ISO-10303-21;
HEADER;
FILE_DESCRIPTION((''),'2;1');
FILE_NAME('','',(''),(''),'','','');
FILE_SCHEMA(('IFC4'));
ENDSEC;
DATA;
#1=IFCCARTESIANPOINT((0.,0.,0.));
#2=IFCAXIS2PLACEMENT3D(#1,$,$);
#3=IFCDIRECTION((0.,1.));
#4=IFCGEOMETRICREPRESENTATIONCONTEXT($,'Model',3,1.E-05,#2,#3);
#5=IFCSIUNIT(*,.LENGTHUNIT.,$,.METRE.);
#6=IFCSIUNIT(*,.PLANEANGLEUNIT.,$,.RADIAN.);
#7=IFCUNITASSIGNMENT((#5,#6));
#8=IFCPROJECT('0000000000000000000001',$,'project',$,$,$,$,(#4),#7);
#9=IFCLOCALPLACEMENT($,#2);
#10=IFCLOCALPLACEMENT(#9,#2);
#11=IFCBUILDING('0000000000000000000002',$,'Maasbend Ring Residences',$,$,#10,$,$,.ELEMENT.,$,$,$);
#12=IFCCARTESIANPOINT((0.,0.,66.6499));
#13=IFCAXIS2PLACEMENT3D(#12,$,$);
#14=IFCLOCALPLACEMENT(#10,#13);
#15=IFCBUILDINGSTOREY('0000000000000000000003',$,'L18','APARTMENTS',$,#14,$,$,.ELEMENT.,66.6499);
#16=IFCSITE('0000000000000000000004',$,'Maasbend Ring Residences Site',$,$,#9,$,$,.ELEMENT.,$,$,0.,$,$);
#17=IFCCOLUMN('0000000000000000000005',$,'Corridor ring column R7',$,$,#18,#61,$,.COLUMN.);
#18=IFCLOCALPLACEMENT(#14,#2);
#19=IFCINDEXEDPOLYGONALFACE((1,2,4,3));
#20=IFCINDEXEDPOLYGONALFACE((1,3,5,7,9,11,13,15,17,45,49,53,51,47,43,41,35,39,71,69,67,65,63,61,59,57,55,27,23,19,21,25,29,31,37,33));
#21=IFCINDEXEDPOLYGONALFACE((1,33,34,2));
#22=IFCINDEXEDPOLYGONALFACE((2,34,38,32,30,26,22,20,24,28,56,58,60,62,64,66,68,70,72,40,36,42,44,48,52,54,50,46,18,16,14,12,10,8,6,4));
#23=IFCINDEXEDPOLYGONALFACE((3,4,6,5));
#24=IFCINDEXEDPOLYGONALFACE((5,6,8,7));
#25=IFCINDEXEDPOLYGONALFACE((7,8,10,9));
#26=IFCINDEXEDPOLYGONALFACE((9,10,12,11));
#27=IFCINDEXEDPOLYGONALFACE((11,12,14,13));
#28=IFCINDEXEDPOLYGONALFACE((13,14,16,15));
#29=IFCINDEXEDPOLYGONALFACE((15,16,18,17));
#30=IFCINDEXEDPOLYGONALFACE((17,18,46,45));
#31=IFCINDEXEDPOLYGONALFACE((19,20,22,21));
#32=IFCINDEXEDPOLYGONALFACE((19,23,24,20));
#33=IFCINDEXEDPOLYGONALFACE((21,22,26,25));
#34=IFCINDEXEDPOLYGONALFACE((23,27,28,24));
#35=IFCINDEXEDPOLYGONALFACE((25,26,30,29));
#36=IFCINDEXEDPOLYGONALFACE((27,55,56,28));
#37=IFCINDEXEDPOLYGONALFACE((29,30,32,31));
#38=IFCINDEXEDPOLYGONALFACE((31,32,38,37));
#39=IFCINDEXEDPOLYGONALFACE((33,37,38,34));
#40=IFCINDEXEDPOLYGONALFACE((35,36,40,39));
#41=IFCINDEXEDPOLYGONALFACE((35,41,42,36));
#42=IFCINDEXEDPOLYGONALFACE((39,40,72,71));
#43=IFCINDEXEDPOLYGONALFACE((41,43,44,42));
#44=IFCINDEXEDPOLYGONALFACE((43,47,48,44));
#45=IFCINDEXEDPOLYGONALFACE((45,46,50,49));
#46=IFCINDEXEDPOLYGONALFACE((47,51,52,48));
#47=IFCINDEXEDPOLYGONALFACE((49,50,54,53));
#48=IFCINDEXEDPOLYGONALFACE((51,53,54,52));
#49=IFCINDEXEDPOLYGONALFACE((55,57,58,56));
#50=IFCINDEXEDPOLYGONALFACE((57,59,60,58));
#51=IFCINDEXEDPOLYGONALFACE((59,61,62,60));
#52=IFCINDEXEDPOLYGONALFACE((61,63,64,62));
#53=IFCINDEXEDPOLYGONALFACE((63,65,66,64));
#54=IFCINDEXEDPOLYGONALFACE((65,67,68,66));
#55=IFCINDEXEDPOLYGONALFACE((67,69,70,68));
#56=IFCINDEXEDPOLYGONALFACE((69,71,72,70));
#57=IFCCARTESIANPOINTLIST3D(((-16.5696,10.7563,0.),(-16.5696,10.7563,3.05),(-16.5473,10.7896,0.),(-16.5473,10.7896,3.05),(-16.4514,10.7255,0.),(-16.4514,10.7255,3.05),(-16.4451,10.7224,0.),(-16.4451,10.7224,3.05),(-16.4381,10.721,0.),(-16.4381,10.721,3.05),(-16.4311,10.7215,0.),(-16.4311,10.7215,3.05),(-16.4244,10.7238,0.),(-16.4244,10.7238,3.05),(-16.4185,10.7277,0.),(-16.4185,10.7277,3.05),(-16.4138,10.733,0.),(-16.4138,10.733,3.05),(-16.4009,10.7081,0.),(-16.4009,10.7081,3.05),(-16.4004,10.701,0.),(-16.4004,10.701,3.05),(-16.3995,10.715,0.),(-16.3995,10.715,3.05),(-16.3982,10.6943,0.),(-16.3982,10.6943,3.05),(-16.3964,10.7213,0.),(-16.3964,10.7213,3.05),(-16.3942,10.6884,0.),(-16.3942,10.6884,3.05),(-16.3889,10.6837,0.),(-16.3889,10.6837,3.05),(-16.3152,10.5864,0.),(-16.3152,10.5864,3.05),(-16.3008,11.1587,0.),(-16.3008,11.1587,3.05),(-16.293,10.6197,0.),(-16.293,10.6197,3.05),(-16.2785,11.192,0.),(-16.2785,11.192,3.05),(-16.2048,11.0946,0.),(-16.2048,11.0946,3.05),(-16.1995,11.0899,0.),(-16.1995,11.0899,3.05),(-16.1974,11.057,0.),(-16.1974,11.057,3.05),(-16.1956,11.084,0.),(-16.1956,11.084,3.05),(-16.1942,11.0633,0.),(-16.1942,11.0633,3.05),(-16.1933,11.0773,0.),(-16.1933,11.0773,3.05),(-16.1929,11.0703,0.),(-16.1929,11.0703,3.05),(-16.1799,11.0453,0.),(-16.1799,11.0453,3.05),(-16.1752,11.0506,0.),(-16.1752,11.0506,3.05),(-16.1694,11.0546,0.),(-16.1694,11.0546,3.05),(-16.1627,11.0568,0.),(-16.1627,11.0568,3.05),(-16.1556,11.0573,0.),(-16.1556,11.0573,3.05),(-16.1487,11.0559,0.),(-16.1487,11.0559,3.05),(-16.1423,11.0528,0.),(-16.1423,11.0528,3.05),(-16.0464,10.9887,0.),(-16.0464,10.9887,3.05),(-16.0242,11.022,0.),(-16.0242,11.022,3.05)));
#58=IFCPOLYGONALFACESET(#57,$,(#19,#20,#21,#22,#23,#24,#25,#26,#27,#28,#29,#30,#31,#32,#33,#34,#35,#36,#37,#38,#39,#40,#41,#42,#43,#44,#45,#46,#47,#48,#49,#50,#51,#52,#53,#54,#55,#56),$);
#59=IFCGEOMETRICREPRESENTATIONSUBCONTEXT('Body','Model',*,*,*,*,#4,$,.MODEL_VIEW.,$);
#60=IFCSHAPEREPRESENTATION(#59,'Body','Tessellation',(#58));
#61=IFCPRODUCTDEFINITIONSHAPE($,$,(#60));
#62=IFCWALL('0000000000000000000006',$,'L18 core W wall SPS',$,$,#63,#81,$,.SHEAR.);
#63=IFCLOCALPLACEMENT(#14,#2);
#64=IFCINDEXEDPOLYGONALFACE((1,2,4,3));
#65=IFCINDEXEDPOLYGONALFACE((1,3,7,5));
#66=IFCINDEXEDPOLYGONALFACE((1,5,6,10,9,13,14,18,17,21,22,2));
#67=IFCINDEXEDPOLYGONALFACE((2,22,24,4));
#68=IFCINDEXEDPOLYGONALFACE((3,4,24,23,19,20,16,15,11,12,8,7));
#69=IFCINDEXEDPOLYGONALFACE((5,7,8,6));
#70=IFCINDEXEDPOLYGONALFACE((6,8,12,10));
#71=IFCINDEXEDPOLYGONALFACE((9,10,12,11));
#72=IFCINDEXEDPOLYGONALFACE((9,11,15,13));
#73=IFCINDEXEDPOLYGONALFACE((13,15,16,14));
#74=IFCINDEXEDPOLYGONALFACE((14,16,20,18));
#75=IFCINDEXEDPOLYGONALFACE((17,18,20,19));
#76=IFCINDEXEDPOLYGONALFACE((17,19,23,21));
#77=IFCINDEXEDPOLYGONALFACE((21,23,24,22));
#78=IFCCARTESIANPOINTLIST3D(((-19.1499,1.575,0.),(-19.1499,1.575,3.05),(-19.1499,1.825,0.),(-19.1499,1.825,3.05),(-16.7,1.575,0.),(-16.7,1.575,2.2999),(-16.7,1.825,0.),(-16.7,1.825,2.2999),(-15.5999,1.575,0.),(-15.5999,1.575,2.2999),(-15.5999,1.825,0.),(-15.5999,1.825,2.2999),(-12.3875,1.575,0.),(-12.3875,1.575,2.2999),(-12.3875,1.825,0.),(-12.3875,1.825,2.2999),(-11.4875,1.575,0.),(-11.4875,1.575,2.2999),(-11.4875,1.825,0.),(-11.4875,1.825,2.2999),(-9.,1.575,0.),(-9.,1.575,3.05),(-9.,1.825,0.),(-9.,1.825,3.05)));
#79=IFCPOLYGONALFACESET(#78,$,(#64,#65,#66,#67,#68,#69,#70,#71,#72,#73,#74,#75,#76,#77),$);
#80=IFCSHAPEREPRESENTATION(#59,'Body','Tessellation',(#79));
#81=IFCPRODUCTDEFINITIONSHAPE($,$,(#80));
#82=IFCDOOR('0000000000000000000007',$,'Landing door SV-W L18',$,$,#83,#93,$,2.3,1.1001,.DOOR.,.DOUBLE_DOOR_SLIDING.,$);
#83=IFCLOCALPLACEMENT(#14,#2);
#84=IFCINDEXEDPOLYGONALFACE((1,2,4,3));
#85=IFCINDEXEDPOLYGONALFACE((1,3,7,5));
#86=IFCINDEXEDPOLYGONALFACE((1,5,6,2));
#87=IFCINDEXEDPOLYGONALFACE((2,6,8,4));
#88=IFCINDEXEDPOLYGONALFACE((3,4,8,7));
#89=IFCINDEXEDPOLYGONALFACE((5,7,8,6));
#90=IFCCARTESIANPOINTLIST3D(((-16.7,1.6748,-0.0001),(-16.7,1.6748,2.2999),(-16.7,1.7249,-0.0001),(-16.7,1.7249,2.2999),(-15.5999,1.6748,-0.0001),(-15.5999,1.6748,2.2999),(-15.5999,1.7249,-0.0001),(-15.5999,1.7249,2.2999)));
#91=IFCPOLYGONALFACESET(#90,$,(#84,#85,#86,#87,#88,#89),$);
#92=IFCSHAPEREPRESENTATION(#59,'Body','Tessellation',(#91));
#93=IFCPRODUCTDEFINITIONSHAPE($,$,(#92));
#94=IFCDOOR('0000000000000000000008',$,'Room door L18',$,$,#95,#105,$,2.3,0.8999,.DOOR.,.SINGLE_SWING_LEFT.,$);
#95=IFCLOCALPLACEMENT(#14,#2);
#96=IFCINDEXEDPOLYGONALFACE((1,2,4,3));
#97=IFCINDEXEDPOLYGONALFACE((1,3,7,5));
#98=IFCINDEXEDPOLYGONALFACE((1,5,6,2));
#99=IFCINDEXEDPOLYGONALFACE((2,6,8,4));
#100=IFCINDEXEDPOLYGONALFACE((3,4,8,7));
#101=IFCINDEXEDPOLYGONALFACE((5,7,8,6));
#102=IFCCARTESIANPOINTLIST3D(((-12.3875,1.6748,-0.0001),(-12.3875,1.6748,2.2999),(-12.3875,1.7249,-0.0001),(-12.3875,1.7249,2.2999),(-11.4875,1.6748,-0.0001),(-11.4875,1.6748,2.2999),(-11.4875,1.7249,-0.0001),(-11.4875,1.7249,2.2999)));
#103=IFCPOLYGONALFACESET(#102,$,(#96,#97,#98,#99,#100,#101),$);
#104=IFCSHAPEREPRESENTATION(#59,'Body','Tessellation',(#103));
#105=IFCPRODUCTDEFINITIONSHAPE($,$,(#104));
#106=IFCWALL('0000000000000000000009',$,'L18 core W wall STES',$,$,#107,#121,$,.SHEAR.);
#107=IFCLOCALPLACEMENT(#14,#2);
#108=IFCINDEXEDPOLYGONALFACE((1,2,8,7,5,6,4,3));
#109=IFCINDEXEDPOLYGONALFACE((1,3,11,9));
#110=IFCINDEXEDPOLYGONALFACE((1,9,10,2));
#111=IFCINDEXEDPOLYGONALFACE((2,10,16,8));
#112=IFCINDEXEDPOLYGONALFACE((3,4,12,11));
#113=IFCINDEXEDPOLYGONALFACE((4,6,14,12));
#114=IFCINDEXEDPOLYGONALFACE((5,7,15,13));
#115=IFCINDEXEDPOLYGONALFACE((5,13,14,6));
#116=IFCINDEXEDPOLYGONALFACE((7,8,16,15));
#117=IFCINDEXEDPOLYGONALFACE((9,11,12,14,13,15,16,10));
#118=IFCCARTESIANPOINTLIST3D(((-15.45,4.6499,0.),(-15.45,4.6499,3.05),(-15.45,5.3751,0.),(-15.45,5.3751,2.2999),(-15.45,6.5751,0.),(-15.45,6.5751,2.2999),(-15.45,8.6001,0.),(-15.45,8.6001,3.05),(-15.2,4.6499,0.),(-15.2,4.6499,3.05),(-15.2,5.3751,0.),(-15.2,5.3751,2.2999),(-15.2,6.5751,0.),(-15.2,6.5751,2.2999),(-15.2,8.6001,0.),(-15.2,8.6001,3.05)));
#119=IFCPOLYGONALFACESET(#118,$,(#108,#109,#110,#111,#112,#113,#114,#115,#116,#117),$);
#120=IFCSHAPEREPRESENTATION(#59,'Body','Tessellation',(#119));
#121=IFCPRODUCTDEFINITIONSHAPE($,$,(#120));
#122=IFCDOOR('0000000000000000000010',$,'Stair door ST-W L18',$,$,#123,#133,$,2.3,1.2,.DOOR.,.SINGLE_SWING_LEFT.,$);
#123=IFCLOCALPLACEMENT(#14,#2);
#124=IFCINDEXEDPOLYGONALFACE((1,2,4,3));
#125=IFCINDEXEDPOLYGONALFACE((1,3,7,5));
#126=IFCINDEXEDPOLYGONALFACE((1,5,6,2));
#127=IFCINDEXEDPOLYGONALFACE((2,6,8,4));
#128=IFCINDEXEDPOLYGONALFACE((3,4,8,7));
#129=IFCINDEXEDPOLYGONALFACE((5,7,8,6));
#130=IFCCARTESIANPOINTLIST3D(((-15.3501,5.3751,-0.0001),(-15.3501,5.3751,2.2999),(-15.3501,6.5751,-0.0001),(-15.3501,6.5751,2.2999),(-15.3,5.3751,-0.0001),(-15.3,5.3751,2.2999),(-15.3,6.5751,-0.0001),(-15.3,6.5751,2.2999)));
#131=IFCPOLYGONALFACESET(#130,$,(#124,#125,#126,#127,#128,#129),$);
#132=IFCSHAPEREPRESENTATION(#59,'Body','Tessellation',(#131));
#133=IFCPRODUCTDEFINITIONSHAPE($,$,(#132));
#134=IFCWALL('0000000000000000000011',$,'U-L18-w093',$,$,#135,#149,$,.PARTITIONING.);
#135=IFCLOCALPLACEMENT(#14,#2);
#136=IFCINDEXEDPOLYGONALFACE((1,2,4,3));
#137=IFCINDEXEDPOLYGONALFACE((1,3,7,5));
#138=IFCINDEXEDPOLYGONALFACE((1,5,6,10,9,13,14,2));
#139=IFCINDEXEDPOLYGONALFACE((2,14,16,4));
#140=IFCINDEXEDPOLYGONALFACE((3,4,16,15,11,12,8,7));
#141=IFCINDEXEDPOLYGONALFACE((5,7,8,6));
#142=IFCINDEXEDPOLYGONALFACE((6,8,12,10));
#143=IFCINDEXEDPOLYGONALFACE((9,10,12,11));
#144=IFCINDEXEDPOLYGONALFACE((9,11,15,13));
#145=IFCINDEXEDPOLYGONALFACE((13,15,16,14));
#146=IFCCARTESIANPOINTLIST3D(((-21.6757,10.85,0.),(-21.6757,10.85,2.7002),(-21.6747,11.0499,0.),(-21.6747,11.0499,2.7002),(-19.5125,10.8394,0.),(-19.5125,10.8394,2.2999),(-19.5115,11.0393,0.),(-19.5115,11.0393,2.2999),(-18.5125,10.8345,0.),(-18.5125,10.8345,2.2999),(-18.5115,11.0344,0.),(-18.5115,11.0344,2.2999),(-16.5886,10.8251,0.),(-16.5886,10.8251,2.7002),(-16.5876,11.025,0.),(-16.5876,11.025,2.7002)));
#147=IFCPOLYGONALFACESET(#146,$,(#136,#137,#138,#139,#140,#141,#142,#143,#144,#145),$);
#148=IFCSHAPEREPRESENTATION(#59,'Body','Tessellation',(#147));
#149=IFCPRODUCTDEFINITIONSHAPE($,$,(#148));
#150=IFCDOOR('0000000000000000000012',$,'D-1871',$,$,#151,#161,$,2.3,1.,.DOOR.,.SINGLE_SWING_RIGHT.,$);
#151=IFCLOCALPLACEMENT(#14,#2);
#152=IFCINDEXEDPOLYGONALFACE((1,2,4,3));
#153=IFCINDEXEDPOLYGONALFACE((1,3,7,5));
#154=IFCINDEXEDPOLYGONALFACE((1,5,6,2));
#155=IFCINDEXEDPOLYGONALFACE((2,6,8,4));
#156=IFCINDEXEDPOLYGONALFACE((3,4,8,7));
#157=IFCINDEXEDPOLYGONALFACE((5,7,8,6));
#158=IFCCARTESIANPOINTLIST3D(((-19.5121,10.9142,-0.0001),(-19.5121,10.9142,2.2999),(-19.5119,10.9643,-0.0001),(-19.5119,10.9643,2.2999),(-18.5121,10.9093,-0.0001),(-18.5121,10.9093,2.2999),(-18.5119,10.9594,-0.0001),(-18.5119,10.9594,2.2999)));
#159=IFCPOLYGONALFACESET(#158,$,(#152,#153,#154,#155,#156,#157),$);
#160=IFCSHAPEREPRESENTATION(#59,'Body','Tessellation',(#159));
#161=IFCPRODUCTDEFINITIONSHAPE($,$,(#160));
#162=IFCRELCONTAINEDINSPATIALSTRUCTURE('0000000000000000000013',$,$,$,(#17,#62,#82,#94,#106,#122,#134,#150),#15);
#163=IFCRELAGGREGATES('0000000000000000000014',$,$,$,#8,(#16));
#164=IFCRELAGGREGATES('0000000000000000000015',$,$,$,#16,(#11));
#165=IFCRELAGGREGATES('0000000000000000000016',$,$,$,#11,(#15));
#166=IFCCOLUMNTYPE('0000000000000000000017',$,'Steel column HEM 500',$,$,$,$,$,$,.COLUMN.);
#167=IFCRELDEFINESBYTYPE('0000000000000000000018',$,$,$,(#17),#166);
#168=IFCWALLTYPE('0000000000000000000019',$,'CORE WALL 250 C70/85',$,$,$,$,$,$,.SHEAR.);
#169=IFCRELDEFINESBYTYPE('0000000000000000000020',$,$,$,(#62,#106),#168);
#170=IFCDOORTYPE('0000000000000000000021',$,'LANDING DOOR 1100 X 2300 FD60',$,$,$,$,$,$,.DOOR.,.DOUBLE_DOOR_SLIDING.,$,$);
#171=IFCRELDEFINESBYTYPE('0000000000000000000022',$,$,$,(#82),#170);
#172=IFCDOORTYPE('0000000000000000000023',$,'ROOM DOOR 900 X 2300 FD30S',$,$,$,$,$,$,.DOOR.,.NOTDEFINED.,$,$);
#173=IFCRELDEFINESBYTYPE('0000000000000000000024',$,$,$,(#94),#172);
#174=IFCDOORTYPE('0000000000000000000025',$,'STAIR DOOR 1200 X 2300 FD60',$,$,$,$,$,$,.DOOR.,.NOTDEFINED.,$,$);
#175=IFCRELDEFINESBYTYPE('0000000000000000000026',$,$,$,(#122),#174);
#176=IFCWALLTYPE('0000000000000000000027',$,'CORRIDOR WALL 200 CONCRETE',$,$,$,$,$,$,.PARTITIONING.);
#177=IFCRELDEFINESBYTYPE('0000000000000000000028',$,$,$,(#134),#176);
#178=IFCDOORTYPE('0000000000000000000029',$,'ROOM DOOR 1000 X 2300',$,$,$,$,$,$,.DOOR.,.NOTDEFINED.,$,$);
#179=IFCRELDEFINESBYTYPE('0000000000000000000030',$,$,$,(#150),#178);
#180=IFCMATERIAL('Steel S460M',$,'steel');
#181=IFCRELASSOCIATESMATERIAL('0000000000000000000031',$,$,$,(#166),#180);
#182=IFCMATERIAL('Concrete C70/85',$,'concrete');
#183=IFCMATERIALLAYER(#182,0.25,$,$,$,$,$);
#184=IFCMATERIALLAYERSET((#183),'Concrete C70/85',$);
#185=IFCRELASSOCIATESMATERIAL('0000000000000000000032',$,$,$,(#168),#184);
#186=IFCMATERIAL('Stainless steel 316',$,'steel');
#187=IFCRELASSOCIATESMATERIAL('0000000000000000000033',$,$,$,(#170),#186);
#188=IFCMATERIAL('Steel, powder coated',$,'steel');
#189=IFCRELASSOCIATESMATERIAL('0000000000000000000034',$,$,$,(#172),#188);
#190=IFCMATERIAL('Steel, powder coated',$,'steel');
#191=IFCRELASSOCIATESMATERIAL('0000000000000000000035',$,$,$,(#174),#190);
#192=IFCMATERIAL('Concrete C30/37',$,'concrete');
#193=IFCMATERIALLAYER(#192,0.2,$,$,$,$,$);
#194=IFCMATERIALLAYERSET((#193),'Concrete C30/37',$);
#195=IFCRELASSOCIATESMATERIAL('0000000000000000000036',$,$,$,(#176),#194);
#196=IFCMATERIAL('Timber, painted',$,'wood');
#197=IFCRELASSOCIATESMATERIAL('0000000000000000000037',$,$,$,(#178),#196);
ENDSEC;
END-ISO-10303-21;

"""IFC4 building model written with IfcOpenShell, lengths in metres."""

from ifc_helpers import new_model, si_unit, direction, frame, frame_2d, origin, origin_2d, place, context, subcontext, project, spatial, rectangle, i_section, extrude, material, layer, layer_set, material_profile, profile_set, type_object, element, fill, save


model = new_model("IFC4")

# Units and contexts
model_context = context("Model", 3, precision=1e-05, world=origin(), true_north=direction((0.0, 1.0)))
body_context = subcontext(model_context, "Body", "Model", "MODEL_VIEW")
ifc_project = project(units=[si_unit("LENGTHUNIT", "METRE"), si_unit("PLANEANGLEUNIT", "RADIAN")], contexts=[model_context])

# Site, building, storey
site_placement = place(None, origin())
site = spatial("IfcSite", under=ifc_project, at=site_placement, Name="Maasbend Ring Residences Site", CompositionType="ELEMENT", RefElevation=0.0)
building_placement = place(site_placement, origin())
building = spatial("IfcBuilding", under=site, at=building_placement, Name="Maasbend Ring Residences", CompositionType="ELEMENT")
storey_placement = place(building_placement, frame((0.0, 0.0, 66.6499)))
storey = spatial("IfcBuildingStorey", under=building, at=storey_placement, Name="L18", Description="APARTMENTS", CompositionType="ELEMENT", Elevation=66.6499)

# Column
ifc_material_1 = material(Name="Steel S460M", Category="steel")
ifc_material_profile = material_profile(ifc_material_1, i_section(OverallWidth=0.3059, OverallDepth=0.5239, WebThickness=0.021, FlangeThickness=0.04, FilletRadius=0.0271, at=origin_2d()), Name="HEM 500")
ifc_profile_set = profile_set([ifc_material_profile], Name="Steel S460M")
column_type = type_object("IfcColumnType", Name="Steel column HEM 500", PredefinedType="COLUMN", material=ifc_profile_set)
column_placement = place(storey_placement, frame((-16.2969, 10.8892, 0.0), z_axis=(0.0, 0.0, 1.0), x_axis=(-0.83147, 0.55557, 0.0)))
element("IfcColumn", 1, at=column_placement, inside=storey, type_object=column_type, Name="Corridor ring column R7", PredefinedType="COLUMN", context=body_context, shape_type="SweptSolid", body=[
    extrude(i_section(OverallWidth=0.3059, OverallDepth=0.5239, WebThickness=0.021, FlangeThickness=0.04, FilletRadius=0.0271, at=origin_2d()), origin(), (0.0, 0.0, 1.0), 3.05),
])

# Wall, openings, doors
ifc_material_2 = material(Name="Concrete C70/85", Category="concrete")
ifc_layer_1 = layer(ifc_material_2, 0.25)
ifc_layer_set_1 = layer_set([ifc_layer_1], Name="Concrete C70/85")
wall_type_1 = type_object("IfcWallType", Name="CORE WALL 250 C70/85", PredefinedType="SHEAR", material=ifc_layer_set_1)
wall_1_placement = place(storey_placement, frame((-19.1499, 1.7, 0.0), z_axis=(0.0, 0.0, 1.0), x_axis=(1.0, 0.0, 0.0)))
wall_1 = element("IfcWall", 2, at=wall_1_placement, inside=storey, type_object=wall_type_1, Name="L18 core W wall SPS", PredefinedType="SHEAR", context=body_context, shape_type="SweptSolid", body=[
    extrude(rectangle(XDim=10.1499, YDim=0.25, at=frame_2d((5.075, 0.0))), origin(), (0.0, 0.0, 1.0), 3.05),
])
opening_1_placement = place(wall_1_placement, frame((2.45, 0.0, 0.0)))
opening_1 = element("IfcOpeningElement", 3, at=opening_1_placement, cuts=wall_1, PredefinedType="OPENING", context=body_context, shape_type="SweptSolid", body=[
    extrude(rectangle(XDim=1.1001, YDim=2.3, at=frame_2d((0.55, 1.1499))), frame((0.0, 0.135, 0.0), z_axis=(0.0, -1.0, 0.0), x_axis=(1.0, 0.0, 0.0)), (0.0, 0.0, 1.0), 0.27),
])
opening_2_placement = place(wall_1_placement, frame((6.7625, 0.0, 0.0)))
opening_2 = element("IfcOpeningElement", 4, at=opening_2_placement, cuts=wall_1, PredefinedType="OPENING", context=body_context, shape_type="SweptSolid", body=[
    extrude(rectangle(XDim=0.8999, YDim=2.3, at=frame_2d((0.45, 1.1499))), frame((0.0, 0.135, 0.0), z_axis=(0.0, -1.0, 0.0), x_axis=(1.0, 0.0, 0.0)), (0.0, 0.0, 1.0), 0.27),
])
ifc_material_3 = material(Name="Stainless steel 316", Category="steel")
door_type_1 = type_object("IfcDoorType", Name="LANDING DOOR 1100 X 2300 FD60", OperationType="DOUBLE_DOOR_SLIDING", PredefinedType="DOOR", material=ifc_material_3)
door_1_placement = place(opening_1_placement, origin())
door_1 = element("IfcDoor", 5, at=door_1_placement, inside=storey, type_object=door_type_1, Name="Landing door SV-W L18", OperationType="DOUBLE_DOOR_SLIDING", OverallHeight=2.3, OverallWidth=1.1001, PredefinedType="DOOR", context=body_context, shape_type="SweptSolid", body=[
    extrude(rectangle(XDim=1.1001, YDim=2.3, at=frame_2d((0.55, 1.1499))), frame((0.0, 0.0249, 0.0), z_axis=(0.0, -1.0, 0.0), x_axis=(1.0, 0.0, 0.0)), (0.0, 0.0, 1.0), 0.05),
])
fill(opening_1, door_1)
ifc_material_4 = material(Name="Steel, powder coated", Category="steel")
door_type_2 = type_object("IfcDoorType", Name="ROOM DOOR 900 X 2300 FD30S", OperationType="NOTDEFINED", PredefinedType="DOOR", material=ifc_material_4)
door_2_placement = place(opening_2_placement, origin())
door_2 = element("IfcDoor", 6, at=door_2_placement, inside=storey, type_object=door_type_2, Name="Room door L18", OperationType="SINGLE_SWING_LEFT", OverallHeight=2.3, OverallWidth=0.8999, PredefinedType="DOOR", context=body_context, shape_type="SweptSolid", body=[
    extrude(rectangle(XDim=0.8999, YDim=2.3, at=frame_2d((0.45, 1.1499))), frame((0.0, 0.0249, 0.0), z_axis=(0.0, -1.0, 0.0), x_axis=(1.0, 0.0, 0.0)), (0.0, 0.0, 1.0), 0.05),
])
fill(opening_2, door_2)

# Walls, openings, doors
wall_2_placement = place(storey_placement, frame((-15.325, 8.6001, 0.0), z_axis=(0.0, 0.0, 1.0), x_axis=(0.0, -1.0, 0.0)))
wall_2 = element("IfcWall", 7, at=wall_2_placement, inside=storey, type_object=wall_type_1, Name="L18 core W wall STES", PredefinedType="SHEAR", context=body_context, shape_type="SweptSolid", body=[
    extrude(rectangle(XDim=3.9502, YDim=0.25, at=frame_2d((1.9751, 0.0))), origin(), (0.0, 0.0, 1.0), 3.05),
])
opening_3_placement = place(wall_2_placement, frame((2.0249, 0.0, 0.0)))
opening_3 = element("IfcOpeningElement", 8, at=opening_3_placement, cuts=wall_2, PredefinedType="OPENING", context=body_context, shape_type="SweptSolid", body=[
    extrude(rectangle(XDim=1.2, YDim=2.3, at=frame_2d((0.6001, 1.1499))), frame((0.0, 0.135, 0.0), z_axis=(0.0, -1.0, 0.0), x_axis=(1.0, 0.0, 0.0)), (0.0, 0.0, 1.0), 0.27),
])
ifc_material_5 = material(Name="Steel, powder coated", Category="steel")
door_type_3 = type_object("IfcDoorType", Name="STAIR DOOR 1200 X 2300 FD60", OperationType="NOTDEFINED", PredefinedType="DOOR", material=ifc_material_5)
door_3_placement = place(opening_3_placement, origin())
door_3 = element("IfcDoor", 9, at=door_3_placement, inside=storey, type_object=door_type_3, Name="Stair door ST-W L18", OperationType="SINGLE_SWING_LEFT", OverallHeight=2.3, OverallWidth=1.2, PredefinedType="DOOR", context=body_context, shape_type="SweptSolid", body=[
    extrude(rectangle(XDim=1.2, YDim=2.3, at=frame_2d((0.6001, 1.1499))), frame((0.0, 0.0249, 0.0), z_axis=(0.0, -1.0, 0.0), x_axis=(1.0, 0.0, 0.0)), (0.0, 0.0, 1.0), 0.05),
])
fill(opening_3, door_3)
ifc_material_6 = material(Name="Concrete C30/37", Category="concrete")
ifc_layer_2 = layer(ifc_material_6, 0.2)
ifc_layer_set_2 = layer_set([ifc_layer_2], Name="Concrete C30/37")
wall_type_2 = type_object("IfcWallType", Name="CORRIDOR WALL 200 CONCRETE", PredefinedType="PARTITIONING", material=ifc_layer_set_2)
wall_3_placement = place(storey_placement, frame((-21.675, 10.95, 0.0), z_axis=(0.0, 0.0, 1.0), x_axis=(0.999988, -0.004895, 0.0)))
wall_3 = element("IfcWall", 10, at=wall_3_placement, inside=storey, type_object=wall_type_2, Name="U-L18-w093", PredefinedType="PARTITIONING", context=body_context, shape_type="SweptSolid", body=[
    extrude(rectangle(XDim=5.0872, YDim=0.2, at=frame_2d((2.5435, 0.0))), origin(), (0.0, 0.0, 1.0), 2.7002),
])
opening_4_placement = place(wall_3_placement, frame((2.1631, 0.0, 0.0)))
opening_4 = element("IfcOpeningElement", 11, at=opening_4_placement, cuts=wall_3, PredefinedType="OPENING", context=body_context, shape_type="SweptSolid", body=[
    extrude(rectangle(XDim=1.0, YDim=2.3, at=frame_2d((0.5, 1.1499))), frame((0.0, 0.1099, 0.0), z_axis=(0.0, -1.0, 0.0), x_axis=(1.0, 0.0, 0.0)), (0.0, 0.0, 1.0), 0.22),
])
ifc_material_7 = material(Name="Timber, painted", Category="wood")
door_type_4 = type_object("IfcDoorType", Name="ROOM DOOR 1000 X 2300", OperationType="NOTDEFINED", PredefinedType="DOOR", material=ifc_material_7)
door_4_placement = place(opening_4_placement, origin())
door_4 = element("IfcDoor", 12, at=door_4_placement, inside=storey, type_object=door_type_4, Name="D-1871", OperationType="SINGLE_SWING_RIGHT", OverallHeight=2.3, OverallWidth=1.0, PredefinedType="DOOR", context=body_context, shape_type="SweptSolid", body=[
    extrude(rectangle(XDim=1.0, YDim=2.3, at=frame_2d((0.5, 1.1499))), frame((0.0, 0.0249, 0.0), z_axis=(0.0, -1.0, 0.0), x_axis=(1.0, 0.0, 0.0)), (0.0, 0.0, 1.0), 0.05),
])
fill(opening_4, door_4)

save(model, "model.ifc")
